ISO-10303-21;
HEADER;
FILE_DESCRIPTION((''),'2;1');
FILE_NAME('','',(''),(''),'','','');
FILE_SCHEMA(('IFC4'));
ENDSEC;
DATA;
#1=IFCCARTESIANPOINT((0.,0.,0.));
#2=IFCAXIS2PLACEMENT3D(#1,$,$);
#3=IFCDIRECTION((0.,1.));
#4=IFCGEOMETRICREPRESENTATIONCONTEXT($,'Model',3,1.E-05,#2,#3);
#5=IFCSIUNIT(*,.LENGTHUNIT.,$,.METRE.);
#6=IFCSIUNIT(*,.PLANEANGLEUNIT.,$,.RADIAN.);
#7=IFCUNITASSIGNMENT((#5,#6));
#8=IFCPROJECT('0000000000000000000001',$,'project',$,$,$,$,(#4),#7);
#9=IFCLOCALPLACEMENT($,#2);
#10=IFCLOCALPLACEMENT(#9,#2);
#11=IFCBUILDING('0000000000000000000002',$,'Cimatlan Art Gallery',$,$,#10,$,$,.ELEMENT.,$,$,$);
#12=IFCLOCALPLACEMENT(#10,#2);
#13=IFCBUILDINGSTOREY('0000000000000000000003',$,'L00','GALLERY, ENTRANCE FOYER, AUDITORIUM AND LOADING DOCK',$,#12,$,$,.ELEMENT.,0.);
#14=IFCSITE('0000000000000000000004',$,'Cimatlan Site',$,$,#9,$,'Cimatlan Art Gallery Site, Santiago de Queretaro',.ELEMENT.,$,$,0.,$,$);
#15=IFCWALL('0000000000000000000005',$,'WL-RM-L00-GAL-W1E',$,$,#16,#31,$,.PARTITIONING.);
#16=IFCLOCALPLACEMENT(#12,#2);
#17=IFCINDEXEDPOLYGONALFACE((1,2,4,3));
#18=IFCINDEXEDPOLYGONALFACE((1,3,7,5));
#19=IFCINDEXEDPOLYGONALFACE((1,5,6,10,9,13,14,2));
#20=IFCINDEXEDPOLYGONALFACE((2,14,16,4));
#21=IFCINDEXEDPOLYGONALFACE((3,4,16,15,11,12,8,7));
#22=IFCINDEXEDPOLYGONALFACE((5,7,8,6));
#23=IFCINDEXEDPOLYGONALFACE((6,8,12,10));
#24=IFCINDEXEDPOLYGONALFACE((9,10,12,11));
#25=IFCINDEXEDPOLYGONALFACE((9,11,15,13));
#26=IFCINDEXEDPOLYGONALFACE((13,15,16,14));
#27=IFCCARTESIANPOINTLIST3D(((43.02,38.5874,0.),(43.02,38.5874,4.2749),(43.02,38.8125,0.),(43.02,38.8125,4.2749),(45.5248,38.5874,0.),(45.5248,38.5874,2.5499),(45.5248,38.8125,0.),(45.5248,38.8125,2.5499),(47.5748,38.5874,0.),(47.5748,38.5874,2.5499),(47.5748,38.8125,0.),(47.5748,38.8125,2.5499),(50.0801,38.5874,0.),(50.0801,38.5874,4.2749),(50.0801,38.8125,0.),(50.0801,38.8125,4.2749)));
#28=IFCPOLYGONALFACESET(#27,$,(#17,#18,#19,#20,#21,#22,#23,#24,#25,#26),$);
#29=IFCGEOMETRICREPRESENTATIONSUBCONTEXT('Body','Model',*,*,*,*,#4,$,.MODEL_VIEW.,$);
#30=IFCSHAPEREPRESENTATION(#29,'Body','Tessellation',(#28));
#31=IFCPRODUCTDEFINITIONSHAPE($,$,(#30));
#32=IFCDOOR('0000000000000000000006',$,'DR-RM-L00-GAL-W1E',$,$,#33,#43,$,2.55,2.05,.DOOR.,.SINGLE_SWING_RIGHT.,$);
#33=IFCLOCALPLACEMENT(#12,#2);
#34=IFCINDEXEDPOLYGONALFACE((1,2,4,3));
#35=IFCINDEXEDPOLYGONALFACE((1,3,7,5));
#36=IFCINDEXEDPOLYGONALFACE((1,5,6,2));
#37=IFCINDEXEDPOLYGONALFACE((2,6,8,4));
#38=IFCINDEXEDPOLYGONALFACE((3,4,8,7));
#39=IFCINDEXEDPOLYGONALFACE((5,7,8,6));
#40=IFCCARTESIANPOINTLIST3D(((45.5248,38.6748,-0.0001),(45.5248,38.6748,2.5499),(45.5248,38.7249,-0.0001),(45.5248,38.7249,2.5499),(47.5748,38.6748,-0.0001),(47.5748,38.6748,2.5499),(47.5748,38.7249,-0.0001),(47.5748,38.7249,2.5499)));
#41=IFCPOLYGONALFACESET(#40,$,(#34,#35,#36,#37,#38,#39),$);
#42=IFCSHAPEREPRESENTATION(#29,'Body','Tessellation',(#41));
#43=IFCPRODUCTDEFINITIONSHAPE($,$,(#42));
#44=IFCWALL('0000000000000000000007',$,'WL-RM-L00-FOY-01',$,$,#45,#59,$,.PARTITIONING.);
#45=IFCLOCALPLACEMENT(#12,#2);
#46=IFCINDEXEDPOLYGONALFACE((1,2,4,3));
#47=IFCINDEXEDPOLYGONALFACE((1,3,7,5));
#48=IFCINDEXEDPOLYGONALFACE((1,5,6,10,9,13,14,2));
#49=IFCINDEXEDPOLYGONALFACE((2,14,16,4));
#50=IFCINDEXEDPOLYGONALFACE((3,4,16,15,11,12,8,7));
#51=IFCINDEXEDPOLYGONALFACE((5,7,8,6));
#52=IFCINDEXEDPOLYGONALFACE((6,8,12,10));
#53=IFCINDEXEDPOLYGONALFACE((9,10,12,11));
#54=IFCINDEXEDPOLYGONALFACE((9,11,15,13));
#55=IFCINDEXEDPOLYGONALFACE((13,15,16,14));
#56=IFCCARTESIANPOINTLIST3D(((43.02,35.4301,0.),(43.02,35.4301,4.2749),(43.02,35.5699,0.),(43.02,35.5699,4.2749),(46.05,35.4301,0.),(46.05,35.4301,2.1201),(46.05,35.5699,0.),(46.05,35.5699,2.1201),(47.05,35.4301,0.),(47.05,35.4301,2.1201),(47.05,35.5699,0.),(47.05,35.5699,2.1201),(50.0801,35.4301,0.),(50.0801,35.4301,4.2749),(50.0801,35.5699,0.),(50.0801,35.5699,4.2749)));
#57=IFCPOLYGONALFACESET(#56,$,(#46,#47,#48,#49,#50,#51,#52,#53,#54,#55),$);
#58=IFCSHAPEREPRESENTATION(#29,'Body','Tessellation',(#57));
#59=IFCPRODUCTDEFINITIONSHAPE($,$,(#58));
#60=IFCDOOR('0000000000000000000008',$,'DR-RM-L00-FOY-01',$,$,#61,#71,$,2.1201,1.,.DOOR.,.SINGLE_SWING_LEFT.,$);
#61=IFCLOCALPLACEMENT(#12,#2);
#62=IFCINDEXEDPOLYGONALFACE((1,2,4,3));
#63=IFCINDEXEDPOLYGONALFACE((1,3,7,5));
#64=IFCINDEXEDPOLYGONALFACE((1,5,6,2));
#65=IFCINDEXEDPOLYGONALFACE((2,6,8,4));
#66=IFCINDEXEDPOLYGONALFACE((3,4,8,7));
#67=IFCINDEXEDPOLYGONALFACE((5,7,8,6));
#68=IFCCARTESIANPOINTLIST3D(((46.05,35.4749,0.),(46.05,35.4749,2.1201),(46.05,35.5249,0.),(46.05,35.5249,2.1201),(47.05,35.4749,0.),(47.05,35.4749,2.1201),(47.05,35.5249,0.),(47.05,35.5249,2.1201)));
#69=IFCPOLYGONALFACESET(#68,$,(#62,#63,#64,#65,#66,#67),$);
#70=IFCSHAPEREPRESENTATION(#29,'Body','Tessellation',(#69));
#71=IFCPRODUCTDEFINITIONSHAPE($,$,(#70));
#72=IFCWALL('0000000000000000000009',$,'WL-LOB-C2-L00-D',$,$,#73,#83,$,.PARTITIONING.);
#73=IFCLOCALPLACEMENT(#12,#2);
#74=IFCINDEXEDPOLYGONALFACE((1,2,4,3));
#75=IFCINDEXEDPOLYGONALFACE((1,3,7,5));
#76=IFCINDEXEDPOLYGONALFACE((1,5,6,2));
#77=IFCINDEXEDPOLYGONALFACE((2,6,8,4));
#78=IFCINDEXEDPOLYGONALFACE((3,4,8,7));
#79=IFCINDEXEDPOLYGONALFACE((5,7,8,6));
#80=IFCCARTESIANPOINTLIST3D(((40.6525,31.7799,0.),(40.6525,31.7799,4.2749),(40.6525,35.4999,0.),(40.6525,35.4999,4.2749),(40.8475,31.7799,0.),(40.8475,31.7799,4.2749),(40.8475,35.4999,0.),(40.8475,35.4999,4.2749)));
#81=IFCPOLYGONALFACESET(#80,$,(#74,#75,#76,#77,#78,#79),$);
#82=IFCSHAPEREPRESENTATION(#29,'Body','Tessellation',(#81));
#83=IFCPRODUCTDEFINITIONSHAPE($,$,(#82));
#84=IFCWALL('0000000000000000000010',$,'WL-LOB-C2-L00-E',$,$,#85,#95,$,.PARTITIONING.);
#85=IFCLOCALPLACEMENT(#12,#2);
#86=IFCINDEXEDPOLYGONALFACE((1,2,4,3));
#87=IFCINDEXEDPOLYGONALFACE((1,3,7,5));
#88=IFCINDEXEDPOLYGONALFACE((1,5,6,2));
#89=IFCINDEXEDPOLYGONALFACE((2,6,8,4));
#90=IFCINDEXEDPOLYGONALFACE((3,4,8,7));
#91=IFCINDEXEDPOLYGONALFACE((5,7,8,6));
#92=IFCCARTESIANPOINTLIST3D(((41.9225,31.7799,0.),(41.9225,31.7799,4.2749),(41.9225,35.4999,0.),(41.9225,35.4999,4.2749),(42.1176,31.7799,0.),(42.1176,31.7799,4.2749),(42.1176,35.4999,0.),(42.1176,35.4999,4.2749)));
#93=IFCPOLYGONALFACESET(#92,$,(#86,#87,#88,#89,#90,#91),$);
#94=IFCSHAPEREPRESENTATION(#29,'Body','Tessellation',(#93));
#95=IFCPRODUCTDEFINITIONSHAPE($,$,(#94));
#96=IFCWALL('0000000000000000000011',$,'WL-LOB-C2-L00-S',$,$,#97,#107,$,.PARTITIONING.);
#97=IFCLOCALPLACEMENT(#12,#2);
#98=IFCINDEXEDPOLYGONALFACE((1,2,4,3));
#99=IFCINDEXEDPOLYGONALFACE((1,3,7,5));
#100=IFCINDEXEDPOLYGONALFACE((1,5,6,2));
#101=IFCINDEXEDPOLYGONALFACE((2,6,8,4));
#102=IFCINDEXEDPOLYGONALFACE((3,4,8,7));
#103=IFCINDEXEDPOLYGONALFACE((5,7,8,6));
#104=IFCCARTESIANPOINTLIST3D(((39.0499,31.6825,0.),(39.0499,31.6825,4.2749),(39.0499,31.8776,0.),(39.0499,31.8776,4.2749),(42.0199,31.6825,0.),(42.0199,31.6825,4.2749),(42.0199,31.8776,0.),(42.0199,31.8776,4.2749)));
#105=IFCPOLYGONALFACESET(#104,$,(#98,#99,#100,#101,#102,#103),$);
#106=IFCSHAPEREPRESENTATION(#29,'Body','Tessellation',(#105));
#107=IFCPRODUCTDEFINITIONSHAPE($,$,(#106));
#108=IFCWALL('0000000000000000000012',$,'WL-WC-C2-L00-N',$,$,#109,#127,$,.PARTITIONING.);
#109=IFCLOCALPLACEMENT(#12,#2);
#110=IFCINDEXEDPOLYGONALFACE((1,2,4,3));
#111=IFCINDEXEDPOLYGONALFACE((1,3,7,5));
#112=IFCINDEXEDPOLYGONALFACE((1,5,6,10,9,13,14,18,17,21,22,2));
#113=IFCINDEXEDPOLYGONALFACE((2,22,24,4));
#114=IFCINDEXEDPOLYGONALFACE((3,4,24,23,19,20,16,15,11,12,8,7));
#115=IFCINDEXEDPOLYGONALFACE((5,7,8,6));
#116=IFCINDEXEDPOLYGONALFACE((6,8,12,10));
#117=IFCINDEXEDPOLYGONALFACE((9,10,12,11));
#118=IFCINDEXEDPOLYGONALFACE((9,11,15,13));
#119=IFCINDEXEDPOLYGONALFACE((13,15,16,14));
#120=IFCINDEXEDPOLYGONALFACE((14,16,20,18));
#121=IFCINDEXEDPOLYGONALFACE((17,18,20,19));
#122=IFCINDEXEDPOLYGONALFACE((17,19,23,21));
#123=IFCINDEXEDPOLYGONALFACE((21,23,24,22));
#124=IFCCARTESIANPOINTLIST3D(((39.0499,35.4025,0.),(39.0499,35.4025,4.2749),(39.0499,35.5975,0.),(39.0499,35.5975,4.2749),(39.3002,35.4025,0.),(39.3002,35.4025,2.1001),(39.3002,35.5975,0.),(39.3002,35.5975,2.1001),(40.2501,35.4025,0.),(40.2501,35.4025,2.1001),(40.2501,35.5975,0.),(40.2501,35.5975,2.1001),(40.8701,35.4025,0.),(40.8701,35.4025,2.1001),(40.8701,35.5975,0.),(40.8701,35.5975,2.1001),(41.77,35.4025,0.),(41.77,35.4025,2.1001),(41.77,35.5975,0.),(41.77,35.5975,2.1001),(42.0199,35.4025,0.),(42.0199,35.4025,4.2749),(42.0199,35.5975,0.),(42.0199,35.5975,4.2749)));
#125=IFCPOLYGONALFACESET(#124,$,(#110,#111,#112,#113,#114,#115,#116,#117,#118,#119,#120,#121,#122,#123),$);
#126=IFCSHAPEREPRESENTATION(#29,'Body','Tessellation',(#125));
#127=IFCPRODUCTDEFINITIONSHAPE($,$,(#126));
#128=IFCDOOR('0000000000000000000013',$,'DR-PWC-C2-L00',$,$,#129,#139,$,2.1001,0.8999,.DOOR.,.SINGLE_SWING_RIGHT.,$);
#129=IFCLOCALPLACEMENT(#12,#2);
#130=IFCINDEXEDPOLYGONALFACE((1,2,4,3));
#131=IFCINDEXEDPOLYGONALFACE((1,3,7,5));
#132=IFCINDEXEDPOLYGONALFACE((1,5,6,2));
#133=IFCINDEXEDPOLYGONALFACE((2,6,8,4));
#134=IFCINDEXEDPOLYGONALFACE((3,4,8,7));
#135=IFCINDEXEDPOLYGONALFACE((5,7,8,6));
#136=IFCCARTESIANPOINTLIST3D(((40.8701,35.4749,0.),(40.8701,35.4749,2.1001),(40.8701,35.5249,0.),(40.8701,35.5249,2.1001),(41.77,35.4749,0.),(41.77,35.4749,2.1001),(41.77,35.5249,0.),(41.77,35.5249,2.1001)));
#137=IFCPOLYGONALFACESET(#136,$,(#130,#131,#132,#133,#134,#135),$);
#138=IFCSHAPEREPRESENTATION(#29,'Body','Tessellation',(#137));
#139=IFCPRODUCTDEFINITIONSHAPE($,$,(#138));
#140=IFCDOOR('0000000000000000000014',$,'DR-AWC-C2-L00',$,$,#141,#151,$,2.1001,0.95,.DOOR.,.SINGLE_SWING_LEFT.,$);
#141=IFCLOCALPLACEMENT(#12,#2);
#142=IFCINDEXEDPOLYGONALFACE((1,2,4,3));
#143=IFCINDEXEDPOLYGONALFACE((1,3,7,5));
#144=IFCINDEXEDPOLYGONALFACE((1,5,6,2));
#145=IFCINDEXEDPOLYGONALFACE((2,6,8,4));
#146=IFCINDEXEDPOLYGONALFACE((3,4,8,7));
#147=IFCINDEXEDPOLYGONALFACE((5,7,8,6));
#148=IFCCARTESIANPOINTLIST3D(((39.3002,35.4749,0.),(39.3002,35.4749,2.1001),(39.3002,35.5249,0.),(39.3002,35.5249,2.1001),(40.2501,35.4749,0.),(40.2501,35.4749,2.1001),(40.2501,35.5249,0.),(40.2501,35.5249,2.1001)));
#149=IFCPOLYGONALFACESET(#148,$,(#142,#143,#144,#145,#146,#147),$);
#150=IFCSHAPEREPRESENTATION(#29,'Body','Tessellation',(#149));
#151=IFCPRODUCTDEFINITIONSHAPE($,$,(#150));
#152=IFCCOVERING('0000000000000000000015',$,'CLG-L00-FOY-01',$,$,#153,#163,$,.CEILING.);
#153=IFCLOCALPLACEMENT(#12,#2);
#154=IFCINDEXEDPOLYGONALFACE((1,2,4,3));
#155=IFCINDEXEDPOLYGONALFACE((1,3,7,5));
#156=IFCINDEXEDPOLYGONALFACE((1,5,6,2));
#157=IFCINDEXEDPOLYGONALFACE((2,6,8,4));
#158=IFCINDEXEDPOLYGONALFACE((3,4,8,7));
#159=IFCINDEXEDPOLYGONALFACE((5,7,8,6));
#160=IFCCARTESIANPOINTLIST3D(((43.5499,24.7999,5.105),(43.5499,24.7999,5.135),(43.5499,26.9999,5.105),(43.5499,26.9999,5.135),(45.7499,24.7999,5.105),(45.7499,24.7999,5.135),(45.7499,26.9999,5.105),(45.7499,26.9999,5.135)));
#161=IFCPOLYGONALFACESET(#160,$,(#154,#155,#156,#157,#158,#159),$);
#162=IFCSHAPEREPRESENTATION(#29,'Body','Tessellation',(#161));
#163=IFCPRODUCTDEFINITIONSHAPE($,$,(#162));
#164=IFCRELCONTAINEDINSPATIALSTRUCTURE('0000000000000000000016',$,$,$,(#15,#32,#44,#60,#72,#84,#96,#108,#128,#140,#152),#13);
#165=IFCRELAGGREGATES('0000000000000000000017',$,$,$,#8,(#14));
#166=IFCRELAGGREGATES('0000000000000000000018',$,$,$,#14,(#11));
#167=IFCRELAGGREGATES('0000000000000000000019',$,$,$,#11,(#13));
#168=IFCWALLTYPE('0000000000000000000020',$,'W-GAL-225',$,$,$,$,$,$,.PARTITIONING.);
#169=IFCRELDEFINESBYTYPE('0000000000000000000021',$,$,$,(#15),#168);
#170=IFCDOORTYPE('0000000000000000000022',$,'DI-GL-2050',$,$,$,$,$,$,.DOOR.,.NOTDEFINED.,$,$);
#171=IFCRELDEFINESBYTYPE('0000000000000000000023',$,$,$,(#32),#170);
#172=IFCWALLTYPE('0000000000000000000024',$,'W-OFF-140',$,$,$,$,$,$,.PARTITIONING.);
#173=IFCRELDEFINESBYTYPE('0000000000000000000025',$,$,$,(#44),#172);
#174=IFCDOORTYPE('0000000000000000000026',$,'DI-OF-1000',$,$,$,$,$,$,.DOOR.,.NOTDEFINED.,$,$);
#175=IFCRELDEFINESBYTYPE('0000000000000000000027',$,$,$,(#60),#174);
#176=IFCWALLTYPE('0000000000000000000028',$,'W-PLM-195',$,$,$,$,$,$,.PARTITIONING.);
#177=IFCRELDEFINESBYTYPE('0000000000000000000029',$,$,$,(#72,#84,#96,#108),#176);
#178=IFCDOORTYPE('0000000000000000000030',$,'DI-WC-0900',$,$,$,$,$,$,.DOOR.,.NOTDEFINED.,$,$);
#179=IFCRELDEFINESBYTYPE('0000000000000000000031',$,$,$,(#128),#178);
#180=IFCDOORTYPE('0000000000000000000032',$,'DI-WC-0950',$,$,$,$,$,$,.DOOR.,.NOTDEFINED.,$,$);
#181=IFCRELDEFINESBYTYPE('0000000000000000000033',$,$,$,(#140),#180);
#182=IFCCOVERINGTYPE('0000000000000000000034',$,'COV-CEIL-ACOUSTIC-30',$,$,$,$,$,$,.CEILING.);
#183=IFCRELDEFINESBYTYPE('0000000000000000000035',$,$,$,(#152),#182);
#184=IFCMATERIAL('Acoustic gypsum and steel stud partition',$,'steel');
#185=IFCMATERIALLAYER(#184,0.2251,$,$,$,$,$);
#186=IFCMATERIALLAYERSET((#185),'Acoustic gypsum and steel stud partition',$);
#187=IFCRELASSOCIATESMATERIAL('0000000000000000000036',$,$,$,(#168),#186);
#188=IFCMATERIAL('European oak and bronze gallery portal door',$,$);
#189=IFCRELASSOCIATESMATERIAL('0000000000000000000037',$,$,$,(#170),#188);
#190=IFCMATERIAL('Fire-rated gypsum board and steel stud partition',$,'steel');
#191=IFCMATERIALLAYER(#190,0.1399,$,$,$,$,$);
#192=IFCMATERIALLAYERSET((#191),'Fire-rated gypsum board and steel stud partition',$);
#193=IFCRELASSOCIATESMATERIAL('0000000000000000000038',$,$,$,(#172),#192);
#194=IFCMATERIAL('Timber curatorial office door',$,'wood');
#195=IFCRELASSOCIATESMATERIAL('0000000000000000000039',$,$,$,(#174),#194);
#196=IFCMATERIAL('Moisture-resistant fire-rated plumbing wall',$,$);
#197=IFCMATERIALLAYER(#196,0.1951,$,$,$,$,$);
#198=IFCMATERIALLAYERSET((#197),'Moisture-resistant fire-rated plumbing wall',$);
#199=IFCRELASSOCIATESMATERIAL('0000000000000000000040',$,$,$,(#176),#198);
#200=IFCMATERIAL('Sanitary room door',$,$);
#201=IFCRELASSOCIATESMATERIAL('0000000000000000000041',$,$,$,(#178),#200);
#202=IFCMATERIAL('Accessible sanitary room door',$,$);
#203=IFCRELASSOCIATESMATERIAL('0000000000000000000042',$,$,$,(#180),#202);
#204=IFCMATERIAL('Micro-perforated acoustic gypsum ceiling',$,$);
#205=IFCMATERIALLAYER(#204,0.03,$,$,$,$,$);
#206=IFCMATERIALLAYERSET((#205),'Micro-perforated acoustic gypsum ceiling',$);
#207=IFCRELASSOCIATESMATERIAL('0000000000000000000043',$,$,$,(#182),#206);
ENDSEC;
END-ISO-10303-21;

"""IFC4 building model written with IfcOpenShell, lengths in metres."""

from ifc_helpers import new_model, si_unit, direction, frame, frame_2d, origin, origin_2d, place, context, subcontext, project, spatial, rectangle, extrude, material, layer, layer_set, type_object, element, fill, save


model = new_model("IFC4")

# Units and contexts
model_context = context("Model", 3, precision=1e-05, world=origin(), true_north=direction((0.0, 1.0)))
body_context = subcontext(model_context, "Body", "Model", "MODEL_VIEW")
ifc_project = project(units=[si_unit("LENGTHUNIT", "METRE"), si_unit("PLANEANGLEUNIT", "RADIAN")], contexts=[model_context])

# Site, building, storey
site_placement = place(None, origin())
site = spatial("IfcSite", under=ifc_project, at=site_placement, Name="Cimatlan Site", LongName="Cimatlan Art Gallery Site, Santiago de Queretaro", CompositionType="ELEMENT", RefElevation=0.0)
building_placement = place(site_placement, origin())
building = spatial("IfcBuilding", under=site, at=building_placement, Name="Cimatlan Art Gallery", CompositionType="ELEMENT")
storey_placement = place(building_placement, origin())
storey = spatial("IfcBuildingStorey", under=building, at=storey_placement, Name="L00", Description="GALLERY, ENTRANCE FOYER, AUDITORIUM AND LOADING DOCK", CompositionType="ELEMENT", Elevation=0.0)

# Walls, openings, doors
ifc_material_1 = material(Name="Acoustic gypsum and steel stud partition", Category="steel")
ifc_layer_1 = layer(ifc_material_1, 0.2251)
ifc_layer_set_1 = layer_set([ifc_layer_1], Name="Acoustic gypsum and steel stud partition")
wall_type_1 = type_object("IfcWallType", Name="W-GAL-225", PredefinedType="PARTITIONING", material=ifc_layer_set_1)
wall_1_placement = place(storey_placement, frame((43.02, 38.7, 0.0), z_axis=(0.0, 0.0, 1.0), x_axis=(1.0, 0.0, 0.0)))
wall_1 = element("IfcWall", 1, at=wall_1_placement, inside=storey, type_object=wall_type_1, Name="WL-RM-L00-GAL-W1E", PredefinedType="PARTITIONING", context=body_context, shape_type="SweptSolid", body=[
    extrude(rectangle(XDim=7.0601, YDim=0.2251, at=frame_2d((3.53, 0.0))), origin(), (0.0, 0.0, 1.0), 4.2749),
])
opening_1_placement = place(wall_1_placement, frame((2.5049, 0.0, 0.0)))
opening_1 = element("IfcOpeningElement", 2, at=opening_1_placement, cuts=wall_1, PredefinedType="OPENING", context=body_context, shape_type="SweptSolid", body=[
    extrude(rectangle(XDim=2.05, YDim=2.55, at=frame_2d((1.0249, 1.2749))), frame((0.0, 0.1226, 0.0), z_axis=(0.0, -1.0, 0.0), x_axis=(1.0, 0.0, 0.0)), (0.0, 0.0, 1.0), 0.2451),
])
ifc_material_2 = material(Name="European oak and bronze gallery portal door")
door_type_1 = type_object("IfcDoorType", Name="DI-GL-2050", OperationType="NOTDEFINED", PredefinedType="DOOR", material=ifc_material_2)
door_1_placement = place(opening_1_placement, origin())
door_1 = element("IfcDoor", 3, at=door_1_placement, inside=storey, type_object=door_type_1, Name="DR-RM-L00-GAL-W1E", OperationType="SINGLE_SWING_RIGHT", OverallHeight=2.55, OverallWidth=2.05, PredefinedType="DOOR", context=body_context, shape_type="SweptSolid", body=[
    extrude(rectangle(XDim=2.05, YDim=2.55, at=frame_2d((1.0249, 1.2749))), frame((0.0, 0.0249, 0.0), z_axis=(0.0, -1.0, 0.0), x_axis=(1.0, 0.0, 0.0)), (0.0, 0.0, 1.0), 0.05),
])
fill(opening_1, door_1)
ifc_material_3 = material(Name="Fire-rated gypsum board and steel stud partition", Category="steel")
ifc_layer_2 = layer(ifc_material_3, 0.1399)
ifc_layer_set_2 = layer_set([ifc_layer_2], Name="Fire-rated gypsum board and steel stud partition")
wall_type_2 = type_object("IfcWallType", Name="W-OFF-140", PredefinedType="PARTITIONING", material=ifc_layer_set_2)
wall_2_placement = place(storey_placement, frame((43.02, 35.5, 0.0), z_axis=(0.0, 0.0, 1.0), x_axis=(1.0, 0.0, 0.0)))
wall_2 = element("IfcWall", 4, at=wall_2_placement, inside=storey, type_object=wall_type_2, Name="WL-RM-L00-FOY-01", PredefinedType="PARTITIONING", context=body_context, shape_type="SweptSolid", body=[
    extrude(rectangle(XDim=7.0601, YDim=0.1399, at=frame_2d((3.53, 0.0))), origin(), (0.0, 0.0, 1.0), 4.2749),
])
opening_2_placement = place(wall_2_placement, frame((3.03, 0.0, 0.0)))
opening_2 = element("IfcOpeningElement", 5, at=opening_2_placement, cuts=wall_2, PredefinedType="OPENING", context=body_context, shape_type="SweptSolid", body=[
    extrude(rectangle(XDim=1.0, YDim=2.1201, at=frame_2d((0.5, 1.0601))), frame((0.0, 0.0801, 0.0), z_axis=(0.0, -1.0, 0.0), x_axis=(1.0, 0.0, 0.0)), (0.0, 0.0, 1.0), 0.1599),
])
ifc_material_4 = material(Name="Timber curatorial office door", Category="wood")
door_type_2 = type_object("IfcDoorType", Name="DI-OF-1000", OperationType="NOTDEFINED", PredefinedType="DOOR", material=ifc_material_4)
door_2_placement = place(opening_2_placement, origin())
door_2 = element("IfcDoor", 6, at=door_2_placement, inside=storey, type_object=door_type_2, Name="DR-RM-L00-FOY-01", OperationType="SINGLE_SWING_LEFT", OverallHeight=2.1201, OverallWidth=1.0, PredefinedType="DOOR", context=body_context, shape_type="SweptSolid", body=[
    extrude(rectangle(XDim=1.0, YDim=2.1201, at=frame_2d((0.5, 1.0601))), frame((0.0, 0.0249, 0.0), z_axis=(0.0, -1.0, 0.0), x_axis=(1.0, 0.0, 0.0)), (0.0, 0.0, 1.0), 0.05),
])
fill(opening_2, door_2)

# Walls
ifc_material_5 = material(Name="Moisture-resistant fire-rated plumbing wall")
ifc_layer_3 = layer(ifc_material_5, 0.1951)
ifc_layer_set_3 = layer_set([ifc_layer_3], Name="Moisture-resistant fire-rated plumbing wall")
wall_type_3 = type_object("IfcWallType", Name="W-PLM-195", PredefinedType="PARTITIONING", material=ifc_layer_set_3)
for number, where, z_axis, x_axis, name in (
    (7, (40.75, 31.78, 0.0), (0.0, 0.0, 1.0), (0.0, 1.0, 0.0), "WL-LOB-C2-L00-D"),
    (8, (42.02, 31.78, 0.0), (0.0, 0.0, 1.0), (0.0, 1.0, 0.0), "WL-LOB-C2-L00-E"),
):
    element("IfcWall", number, at=place(storey_placement, frame(where, z_axis=z_axis, x_axis=x_axis)), inside=storey, type_object=wall_type_3, Name=name, PredefinedType="PARTITIONING", context=body_context, shape_type="SweptSolid", body=[
        extrude(rectangle(XDim=3.72, YDim=0.1951, at=frame_2d((1.8599, 0.0))), origin(), (0.0, 0.0, 1.0), 4.2749),
    ])
wall_3_placement = place(storey_placement, frame((39.05, 31.78, 0.0), z_axis=(0.0, 0.0, 1.0), x_axis=(1.0, 0.0, 0.0)))
element("IfcWall", 9, at=wall_3_placement, inside=storey, type_object=wall_type_3, Name="WL-LOB-C2-L00-S", PredefinedType="PARTITIONING", context=body_context, shape_type="SweptSolid", body=[
    extrude(rectangle(XDim=2.97, YDim=0.1951, at=frame_2d((1.4849, 0.0))), origin(), (0.0, 0.0, 1.0), 4.2749),
])

# Wall, openings, doors
wall_4_placement = place(storey_placement, frame((39.05, 35.5, 0.0), z_axis=(0.0, 0.0, 1.0), x_axis=(1.0, 0.0, 0.0)))
wall_4 = element("IfcWall", 10, at=wall_4_placement, inside=storey, type_object=wall_type_3, Name="WL-WC-C2-L00-N", PredefinedType="PARTITIONING", context=body_context, shape_type="SweptSolid", body=[
    extrude(rectangle(XDim=2.97, YDim=0.1951, at=frame_2d((1.4849, 0.0))), origin(), (0.0, 0.0, 1.0), 4.2749),
])
opening_3_placement = place(wall_4_placement, frame((0.25, 0.0, 0.0)))
opening_3 = element("IfcOpeningElement", 11, at=opening_3_placement, cuts=wall_4, PredefinedType="OPENING", context=body_context, shape_type="SweptSolid", body=[
    extrude(rectangle(XDim=0.95, YDim=2.1001, at=frame_2d((0.4751, 1.05))), frame((0.0, 0.1074, 0.0), z_axis=(0.0, -1.0, 0.0), x_axis=(1.0, 0.0, 0.0)), (0.0, 0.0, 1.0), 0.2151),
])
opening_4_placement = place(wall_4_placement, frame((1.8201, 0.0, 0.0)))
opening_4 = element("IfcOpeningElement", 12, at=opening_4_placement, cuts=wall_4, PredefinedType="OPENING", context=body_context, shape_type="SweptSolid", body=[
    extrude(rectangle(XDim=0.8999, YDim=2.1001, at=frame_2d((0.45, 1.05))), frame((0.0, 0.1074, 0.0), z_axis=(0.0, -1.0, 0.0), x_axis=(1.0, 0.0, 0.0)), (0.0, 0.0, 1.0), 0.2151),
])
ifc_material_6 = material(Name="Sanitary room door")
door_type_3 = type_object("IfcDoorType", Name="DI-WC-0900", OperationType="NOTDEFINED", PredefinedType="DOOR", material=ifc_material_6)
door_3_placement = place(opening_4_placement, origin())
door_3 = element("IfcDoor", 13, at=door_3_placement, inside=storey, type_object=door_type_3, Name="DR-PWC-C2-L00", OperationType="SINGLE_SWING_RIGHT", OverallHeight=2.1001, OverallWidth=0.8999, PredefinedType="DOOR", context=body_context, shape_type="SweptSolid", body=[
    extrude(rectangle(XDim=0.8999, YDim=2.1001, at=frame_2d((0.45, 1.05))), frame((0.0, 0.0249, 0.0), z_axis=(0.0, -1.0, 0.0), x_axis=(1.0, 0.0, 0.0)), (0.0, 0.0, 1.0), 0.05),
])
fill(opening_4, door_3)
ifc_material_7 = material(Name="Accessible sanitary room door")
door_type_4 = type_object("IfcDoorType", Name="DI-WC-0950", OperationType="NOTDEFINED", PredefinedType="DOOR", material=ifc_material_7)
door_4_placement = place(opening_3_placement, origin())
door_4 = element("IfcDoor", 14, at=door_4_placement, inside=storey, type_object=door_type_4, Name="DR-AWC-C2-L00", OperationType="SINGLE_SWING_LEFT", OverallHeight=2.1001, OverallWidth=0.95, PredefinedType="DOOR", context=body_context, shape_type="SweptSolid", body=[
    extrude(rectangle(XDim=0.95, YDim=2.1001, at=frame_2d((0.4751, 1.05))), frame((0.0, 0.0249, 0.0), z_axis=(0.0, -1.0, 0.0), x_axis=(1.0, 0.0, 0.0)), (0.0, 0.0, 1.0), 0.05),
])
fill(opening_3, door_4)

# Covering
ifc_material_8 = material(Name="Micro-perforated acoustic gypsum ceiling")
ifc_layer_4 = layer(ifc_material_8, 0.03)
ifc_layer_set_4 = layer_set([ifc_layer_4], Name="Micro-perforated acoustic gypsum ceiling")
covering_type_1 = type_object("IfcCoveringType", Name="COV-CEIL-ACOUSTIC-30", PredefinedType="CEILING", material=ifc_layer_set_4)
covering_1_placement = place(storey_placement, frame((44.6499, 25.8999, 5.105), z_axis=(0.0, 0.0, 1.0), x_axis=(1.0, 0.0, 0.0)))
element("IfcCovering", 15, at=covering_1_placement, inside=storey, type_object=covering_type_1, Name="CLG-L00-FOY-01", PredefinedType="CEILING", context=body_context, shape_type="SweptSolid", body=[
    extrude(rectangle(XDim=2.2, YDim=2.2, at=origin_2d()), origin(), (0.0, 0.0, 1.0), 0.03),
])

save(model, "model.ifc")
